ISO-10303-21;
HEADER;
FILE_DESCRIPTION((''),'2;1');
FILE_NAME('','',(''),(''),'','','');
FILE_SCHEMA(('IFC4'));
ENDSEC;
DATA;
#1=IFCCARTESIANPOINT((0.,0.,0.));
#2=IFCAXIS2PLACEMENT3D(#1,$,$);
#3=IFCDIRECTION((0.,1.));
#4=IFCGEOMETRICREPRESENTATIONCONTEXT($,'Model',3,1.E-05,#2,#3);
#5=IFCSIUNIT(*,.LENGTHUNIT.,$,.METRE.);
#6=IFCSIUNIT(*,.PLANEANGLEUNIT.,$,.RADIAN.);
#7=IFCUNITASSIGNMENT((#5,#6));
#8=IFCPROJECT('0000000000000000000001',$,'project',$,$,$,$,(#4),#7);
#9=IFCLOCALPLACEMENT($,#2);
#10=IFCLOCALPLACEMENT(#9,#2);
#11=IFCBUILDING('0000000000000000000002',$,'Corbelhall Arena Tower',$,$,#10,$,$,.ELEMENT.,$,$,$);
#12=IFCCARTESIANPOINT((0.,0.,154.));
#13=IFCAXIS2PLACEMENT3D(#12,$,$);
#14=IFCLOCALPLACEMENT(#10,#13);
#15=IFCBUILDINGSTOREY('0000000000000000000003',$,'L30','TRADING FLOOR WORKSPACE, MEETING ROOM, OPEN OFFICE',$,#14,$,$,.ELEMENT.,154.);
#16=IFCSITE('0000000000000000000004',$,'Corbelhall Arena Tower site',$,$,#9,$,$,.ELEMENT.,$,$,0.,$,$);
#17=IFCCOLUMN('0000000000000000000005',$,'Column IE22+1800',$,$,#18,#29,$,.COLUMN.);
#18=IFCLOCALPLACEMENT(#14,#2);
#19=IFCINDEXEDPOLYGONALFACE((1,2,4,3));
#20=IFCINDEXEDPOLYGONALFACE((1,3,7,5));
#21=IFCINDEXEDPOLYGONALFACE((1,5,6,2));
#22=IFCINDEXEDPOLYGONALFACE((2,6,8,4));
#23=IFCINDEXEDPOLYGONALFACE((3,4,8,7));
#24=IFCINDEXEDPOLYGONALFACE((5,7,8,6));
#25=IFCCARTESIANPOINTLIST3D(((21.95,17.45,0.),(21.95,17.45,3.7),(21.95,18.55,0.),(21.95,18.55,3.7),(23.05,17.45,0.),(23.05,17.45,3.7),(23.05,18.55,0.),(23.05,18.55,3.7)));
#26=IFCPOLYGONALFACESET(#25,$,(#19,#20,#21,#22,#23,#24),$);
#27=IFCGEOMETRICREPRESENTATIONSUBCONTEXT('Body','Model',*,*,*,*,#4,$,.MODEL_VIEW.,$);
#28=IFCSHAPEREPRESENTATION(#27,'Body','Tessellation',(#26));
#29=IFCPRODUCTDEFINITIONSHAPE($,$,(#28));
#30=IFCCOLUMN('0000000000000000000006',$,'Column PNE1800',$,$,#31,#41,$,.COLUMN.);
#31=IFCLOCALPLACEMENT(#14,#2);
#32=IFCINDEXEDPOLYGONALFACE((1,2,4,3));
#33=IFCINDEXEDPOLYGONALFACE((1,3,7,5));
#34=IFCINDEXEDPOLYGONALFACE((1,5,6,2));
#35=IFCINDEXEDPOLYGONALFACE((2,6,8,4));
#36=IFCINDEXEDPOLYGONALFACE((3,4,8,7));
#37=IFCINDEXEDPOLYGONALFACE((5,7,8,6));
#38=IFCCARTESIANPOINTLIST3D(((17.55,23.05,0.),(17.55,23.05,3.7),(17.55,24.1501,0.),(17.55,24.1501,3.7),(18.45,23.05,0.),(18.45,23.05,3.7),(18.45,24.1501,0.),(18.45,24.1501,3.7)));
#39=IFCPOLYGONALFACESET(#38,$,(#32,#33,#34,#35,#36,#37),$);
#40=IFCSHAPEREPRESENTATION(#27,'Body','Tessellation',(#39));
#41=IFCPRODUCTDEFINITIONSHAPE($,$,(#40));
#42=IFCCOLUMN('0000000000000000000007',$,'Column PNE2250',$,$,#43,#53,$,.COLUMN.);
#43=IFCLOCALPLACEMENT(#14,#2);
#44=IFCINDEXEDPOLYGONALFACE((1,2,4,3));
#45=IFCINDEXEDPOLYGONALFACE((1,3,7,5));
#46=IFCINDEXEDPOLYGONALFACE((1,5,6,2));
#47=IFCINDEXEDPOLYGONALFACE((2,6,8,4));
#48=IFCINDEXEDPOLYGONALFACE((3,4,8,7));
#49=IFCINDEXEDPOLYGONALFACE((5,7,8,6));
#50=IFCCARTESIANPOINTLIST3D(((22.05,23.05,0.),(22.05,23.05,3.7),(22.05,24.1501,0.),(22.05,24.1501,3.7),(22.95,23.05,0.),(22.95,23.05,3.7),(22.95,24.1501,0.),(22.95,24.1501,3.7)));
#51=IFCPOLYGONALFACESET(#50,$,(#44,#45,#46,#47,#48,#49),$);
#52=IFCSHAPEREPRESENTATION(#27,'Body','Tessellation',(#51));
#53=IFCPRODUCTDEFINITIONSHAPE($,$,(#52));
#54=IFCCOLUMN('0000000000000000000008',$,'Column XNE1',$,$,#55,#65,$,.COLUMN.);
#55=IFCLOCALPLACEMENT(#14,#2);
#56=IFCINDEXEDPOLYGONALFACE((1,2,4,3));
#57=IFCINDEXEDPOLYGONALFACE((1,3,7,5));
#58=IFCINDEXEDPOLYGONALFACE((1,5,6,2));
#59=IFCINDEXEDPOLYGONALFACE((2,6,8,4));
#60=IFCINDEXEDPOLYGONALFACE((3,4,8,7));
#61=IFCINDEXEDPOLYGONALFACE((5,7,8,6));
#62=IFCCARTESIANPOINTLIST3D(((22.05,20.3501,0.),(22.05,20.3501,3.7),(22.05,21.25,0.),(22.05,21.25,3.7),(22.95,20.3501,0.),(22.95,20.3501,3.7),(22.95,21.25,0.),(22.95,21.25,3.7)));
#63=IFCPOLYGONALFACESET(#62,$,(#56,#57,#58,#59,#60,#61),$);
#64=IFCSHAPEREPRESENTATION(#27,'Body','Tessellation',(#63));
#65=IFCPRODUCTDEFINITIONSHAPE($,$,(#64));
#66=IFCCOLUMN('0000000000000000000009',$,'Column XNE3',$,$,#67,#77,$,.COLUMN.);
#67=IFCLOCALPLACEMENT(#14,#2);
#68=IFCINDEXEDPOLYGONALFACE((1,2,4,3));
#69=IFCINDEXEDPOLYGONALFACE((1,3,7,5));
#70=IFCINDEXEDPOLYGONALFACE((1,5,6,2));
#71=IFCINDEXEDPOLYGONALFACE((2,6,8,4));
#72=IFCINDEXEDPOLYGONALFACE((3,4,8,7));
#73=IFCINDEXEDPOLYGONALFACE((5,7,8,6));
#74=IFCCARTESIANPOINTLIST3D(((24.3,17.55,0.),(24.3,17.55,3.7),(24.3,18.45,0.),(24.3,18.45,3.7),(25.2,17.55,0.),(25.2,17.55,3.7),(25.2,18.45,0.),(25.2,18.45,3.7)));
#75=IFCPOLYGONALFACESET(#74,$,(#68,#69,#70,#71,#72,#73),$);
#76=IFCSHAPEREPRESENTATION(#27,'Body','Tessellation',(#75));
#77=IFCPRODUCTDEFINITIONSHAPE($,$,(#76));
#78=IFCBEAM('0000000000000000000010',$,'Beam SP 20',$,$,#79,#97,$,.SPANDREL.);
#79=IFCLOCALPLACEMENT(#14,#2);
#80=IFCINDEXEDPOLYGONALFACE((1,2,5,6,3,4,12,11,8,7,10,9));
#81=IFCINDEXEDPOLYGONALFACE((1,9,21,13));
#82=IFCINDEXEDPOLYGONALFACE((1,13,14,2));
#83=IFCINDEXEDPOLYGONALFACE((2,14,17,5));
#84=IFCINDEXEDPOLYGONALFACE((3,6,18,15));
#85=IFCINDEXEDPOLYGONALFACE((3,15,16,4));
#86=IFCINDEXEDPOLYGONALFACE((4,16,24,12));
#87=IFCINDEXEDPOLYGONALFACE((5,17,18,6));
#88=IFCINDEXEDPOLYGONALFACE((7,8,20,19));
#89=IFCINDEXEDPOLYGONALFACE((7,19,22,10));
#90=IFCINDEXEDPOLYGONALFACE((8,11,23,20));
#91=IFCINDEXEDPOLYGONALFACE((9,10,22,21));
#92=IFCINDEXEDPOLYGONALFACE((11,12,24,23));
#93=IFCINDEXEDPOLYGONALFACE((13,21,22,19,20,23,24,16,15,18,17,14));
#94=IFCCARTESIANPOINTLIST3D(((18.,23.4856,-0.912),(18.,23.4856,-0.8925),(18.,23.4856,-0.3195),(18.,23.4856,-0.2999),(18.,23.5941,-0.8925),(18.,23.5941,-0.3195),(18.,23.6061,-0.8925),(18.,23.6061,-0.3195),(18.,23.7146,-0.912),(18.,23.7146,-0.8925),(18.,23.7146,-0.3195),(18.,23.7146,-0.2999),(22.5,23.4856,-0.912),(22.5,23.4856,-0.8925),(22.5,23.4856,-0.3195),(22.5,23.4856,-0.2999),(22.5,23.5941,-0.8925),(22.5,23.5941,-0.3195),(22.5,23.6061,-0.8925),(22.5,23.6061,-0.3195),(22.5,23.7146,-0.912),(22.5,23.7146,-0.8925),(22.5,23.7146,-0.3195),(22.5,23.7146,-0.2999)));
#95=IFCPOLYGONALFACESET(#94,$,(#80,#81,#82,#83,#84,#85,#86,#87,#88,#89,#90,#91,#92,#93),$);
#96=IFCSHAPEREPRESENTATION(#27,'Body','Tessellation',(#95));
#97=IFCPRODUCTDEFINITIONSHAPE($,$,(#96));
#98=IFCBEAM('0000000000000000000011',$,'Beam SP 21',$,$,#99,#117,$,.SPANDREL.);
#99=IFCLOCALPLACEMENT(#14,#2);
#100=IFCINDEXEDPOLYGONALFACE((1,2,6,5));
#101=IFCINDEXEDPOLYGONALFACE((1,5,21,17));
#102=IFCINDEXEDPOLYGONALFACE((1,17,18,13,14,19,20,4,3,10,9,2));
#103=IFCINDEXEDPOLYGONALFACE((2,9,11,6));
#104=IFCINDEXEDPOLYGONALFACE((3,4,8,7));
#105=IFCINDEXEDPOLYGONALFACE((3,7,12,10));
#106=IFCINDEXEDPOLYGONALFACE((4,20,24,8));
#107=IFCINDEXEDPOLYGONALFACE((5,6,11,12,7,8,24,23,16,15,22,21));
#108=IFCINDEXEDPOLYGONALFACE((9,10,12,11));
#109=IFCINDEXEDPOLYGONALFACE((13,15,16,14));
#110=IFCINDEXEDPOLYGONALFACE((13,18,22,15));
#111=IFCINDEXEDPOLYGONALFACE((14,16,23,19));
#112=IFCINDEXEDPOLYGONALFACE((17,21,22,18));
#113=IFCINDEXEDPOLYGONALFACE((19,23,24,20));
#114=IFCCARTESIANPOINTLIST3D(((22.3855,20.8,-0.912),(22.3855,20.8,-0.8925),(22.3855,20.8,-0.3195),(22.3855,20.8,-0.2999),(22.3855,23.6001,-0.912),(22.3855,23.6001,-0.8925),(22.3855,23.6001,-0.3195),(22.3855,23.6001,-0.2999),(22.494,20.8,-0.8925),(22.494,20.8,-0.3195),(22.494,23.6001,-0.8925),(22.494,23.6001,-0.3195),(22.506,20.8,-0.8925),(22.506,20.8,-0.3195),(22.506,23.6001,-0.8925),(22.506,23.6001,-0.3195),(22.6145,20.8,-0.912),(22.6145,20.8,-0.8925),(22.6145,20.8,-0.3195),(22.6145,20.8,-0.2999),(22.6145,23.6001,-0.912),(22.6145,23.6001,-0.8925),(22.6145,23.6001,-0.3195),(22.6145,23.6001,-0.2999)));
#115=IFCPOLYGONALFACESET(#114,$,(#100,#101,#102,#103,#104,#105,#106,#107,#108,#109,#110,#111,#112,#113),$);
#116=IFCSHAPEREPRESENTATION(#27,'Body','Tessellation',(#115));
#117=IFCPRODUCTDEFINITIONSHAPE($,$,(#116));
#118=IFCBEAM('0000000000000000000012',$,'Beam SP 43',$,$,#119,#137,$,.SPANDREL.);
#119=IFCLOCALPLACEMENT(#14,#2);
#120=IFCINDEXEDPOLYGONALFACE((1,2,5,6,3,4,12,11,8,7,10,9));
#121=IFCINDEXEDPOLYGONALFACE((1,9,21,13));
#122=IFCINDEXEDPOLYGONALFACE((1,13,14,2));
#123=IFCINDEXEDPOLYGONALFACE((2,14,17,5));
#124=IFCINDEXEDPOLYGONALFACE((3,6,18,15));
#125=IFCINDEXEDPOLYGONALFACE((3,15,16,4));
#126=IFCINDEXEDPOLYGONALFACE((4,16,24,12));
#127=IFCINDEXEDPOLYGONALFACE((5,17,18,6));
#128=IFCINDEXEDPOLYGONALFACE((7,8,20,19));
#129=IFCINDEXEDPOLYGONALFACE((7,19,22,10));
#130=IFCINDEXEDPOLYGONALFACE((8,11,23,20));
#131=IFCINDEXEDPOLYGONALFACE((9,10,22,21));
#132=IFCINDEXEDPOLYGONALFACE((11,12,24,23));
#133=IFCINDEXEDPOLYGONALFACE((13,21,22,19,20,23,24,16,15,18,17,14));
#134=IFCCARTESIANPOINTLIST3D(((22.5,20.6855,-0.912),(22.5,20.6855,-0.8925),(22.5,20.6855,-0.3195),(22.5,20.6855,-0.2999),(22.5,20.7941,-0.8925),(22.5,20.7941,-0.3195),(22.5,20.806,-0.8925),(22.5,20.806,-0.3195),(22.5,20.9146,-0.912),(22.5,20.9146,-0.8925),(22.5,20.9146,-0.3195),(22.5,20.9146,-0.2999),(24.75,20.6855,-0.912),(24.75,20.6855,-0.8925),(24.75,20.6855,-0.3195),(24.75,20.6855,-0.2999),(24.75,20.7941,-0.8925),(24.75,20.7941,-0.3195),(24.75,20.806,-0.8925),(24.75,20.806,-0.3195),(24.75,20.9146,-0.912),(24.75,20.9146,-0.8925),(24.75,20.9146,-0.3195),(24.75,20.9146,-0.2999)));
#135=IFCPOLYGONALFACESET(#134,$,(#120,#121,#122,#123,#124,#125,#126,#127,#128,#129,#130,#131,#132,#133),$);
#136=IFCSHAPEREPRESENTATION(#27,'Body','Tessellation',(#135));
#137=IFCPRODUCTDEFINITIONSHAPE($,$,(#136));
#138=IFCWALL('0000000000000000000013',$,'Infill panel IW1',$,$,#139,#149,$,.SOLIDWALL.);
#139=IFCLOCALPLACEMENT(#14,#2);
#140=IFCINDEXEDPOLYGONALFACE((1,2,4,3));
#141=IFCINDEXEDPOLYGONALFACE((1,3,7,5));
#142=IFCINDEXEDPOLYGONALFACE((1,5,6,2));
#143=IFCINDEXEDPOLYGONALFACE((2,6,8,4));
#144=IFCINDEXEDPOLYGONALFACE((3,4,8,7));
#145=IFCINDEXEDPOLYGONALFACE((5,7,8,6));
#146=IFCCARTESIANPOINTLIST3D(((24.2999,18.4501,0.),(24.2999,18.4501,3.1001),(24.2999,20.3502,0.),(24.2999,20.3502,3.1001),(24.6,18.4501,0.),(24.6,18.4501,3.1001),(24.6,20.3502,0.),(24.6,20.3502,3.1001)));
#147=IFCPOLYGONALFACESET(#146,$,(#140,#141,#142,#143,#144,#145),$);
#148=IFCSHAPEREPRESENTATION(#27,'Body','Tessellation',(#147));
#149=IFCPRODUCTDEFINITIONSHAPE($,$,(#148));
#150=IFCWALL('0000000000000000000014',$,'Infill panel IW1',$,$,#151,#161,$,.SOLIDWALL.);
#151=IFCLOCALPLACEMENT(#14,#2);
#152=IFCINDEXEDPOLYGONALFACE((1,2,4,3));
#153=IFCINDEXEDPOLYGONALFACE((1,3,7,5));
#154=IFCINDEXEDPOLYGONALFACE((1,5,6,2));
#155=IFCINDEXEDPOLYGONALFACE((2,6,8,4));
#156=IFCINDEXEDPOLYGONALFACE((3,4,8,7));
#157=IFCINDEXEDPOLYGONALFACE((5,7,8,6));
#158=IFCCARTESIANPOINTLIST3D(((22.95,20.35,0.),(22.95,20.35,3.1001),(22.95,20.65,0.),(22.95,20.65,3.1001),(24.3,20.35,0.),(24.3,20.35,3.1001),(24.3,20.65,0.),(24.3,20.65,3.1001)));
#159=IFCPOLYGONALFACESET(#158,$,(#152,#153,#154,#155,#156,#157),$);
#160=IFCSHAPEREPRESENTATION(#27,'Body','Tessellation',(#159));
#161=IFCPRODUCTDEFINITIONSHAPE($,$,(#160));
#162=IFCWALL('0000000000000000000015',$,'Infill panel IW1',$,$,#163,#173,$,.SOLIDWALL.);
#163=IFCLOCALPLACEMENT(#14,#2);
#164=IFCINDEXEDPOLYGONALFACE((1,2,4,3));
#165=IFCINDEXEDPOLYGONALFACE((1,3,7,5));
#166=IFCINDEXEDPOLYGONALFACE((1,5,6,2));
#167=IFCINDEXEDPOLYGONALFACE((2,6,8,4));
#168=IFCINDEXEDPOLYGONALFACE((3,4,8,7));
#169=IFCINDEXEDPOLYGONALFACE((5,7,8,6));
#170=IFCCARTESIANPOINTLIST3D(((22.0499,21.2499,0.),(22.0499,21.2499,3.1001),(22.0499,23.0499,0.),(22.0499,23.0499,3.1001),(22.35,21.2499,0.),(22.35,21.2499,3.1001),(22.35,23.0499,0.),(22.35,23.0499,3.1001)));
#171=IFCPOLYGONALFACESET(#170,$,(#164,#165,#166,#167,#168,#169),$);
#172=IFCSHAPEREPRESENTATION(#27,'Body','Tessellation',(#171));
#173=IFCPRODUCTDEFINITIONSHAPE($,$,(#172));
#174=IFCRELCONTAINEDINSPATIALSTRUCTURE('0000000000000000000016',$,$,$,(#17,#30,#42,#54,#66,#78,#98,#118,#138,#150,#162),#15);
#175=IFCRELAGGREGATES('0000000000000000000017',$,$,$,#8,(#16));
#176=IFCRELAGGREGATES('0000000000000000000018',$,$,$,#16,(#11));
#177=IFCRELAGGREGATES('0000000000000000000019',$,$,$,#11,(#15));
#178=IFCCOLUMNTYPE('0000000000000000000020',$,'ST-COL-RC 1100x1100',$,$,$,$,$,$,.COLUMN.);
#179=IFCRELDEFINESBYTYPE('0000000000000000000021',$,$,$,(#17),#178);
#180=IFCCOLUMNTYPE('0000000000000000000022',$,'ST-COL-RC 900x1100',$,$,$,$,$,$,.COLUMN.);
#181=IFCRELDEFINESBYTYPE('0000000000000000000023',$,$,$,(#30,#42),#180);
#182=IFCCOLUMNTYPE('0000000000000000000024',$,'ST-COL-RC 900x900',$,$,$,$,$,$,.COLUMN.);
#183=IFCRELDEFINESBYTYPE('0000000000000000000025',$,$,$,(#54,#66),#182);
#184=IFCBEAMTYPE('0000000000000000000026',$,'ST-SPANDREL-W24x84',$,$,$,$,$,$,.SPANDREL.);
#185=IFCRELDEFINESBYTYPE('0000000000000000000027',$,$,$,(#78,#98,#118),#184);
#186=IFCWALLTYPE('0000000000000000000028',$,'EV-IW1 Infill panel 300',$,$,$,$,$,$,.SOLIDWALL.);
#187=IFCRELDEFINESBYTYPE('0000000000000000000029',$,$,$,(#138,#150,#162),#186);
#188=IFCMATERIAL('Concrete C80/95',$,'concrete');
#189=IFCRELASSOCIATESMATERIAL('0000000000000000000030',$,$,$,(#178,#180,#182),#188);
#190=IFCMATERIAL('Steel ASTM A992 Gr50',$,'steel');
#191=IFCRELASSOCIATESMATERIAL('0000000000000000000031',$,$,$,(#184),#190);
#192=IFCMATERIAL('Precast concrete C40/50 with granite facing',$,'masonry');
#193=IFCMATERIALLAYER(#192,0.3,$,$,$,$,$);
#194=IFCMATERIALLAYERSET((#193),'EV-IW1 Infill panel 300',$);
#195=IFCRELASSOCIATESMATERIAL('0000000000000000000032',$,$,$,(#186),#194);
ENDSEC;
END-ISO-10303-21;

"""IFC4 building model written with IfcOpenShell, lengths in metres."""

from ifc_helpers import new_model, si_unit, direction, frame, frame_2d, origin, origin_2d, place, context, subcontext, project, spatial, rectangle, i_section, extrude, material, layer, layer_set, material_profile, profile_set, type_object, element, save


model = new_model("IFC4")

# Units and contexts
model_context = context("Model", 3, precision=1e-05, world=origin(), true_north=direction((0.0, 1.0)))
body_context = subcontext(model_context, "Body", "Model", "MODEL_VIEW")
ifc_project = project(units=[si_unit("LENGTHUNIT", "METRE"), si_unit("PLANEANGLEUNIT", "RADIAN")], contexts=[model_context])

# Site, building, storey
site_placement = place(None, origin())
site = spatial("IfcSite", under=ifc_project, at=site_placement, Name="Corbelhall Arena Tower site", CompositionType="ELEMENT", RefElevation=0.0)
building_placement = place(site_placement, origin())
building = spatial("IfcBuilding", under=site, at=building_placement, Name="Corbelhall Arena Tower", CompositionType="ELEMENT")
storey_placement = place(building_placement, frame((0.0, 0.0, 154.0)))
storey = spatial("IfcBuildingStorey", under=building, at=storey_placement, Name="L30", Description="TRADING FLOOR WORKSPACE, MEETING ROOM, OPEN OFFICE", CompositionType="ELEMENT", Elevation=154.0)

# Columns
ifc_material_1 = material(Name="Concrete C80/95", Category="concrete")
ifc_material_profile_1 = material_profile(ifc_material_1, rectangle(XDim=1.1001, YDim=1.1001, at=origin_2d()))
ifc_profile_set_1 = profile_set([ifc_material_profile_1], Name="Concrete C80/95")
column_type_1 = type_object("IfcColumnType", Name="ST-COL-RC 1100x1100", PredefinedType="COLUMN", material=ifc_profile_set_1)
column_placement = place(storey_placement, frame((22.5, 18.0, 0.0), z_axis=(0.0, 0.0, 1.0), x_axis=(1.0, 0.0, 0.0)))
element("IfcColumn", 1, at=column_placement, inside=storey, type_object=column_type_1, Name="Column IE22+1800", PredefinedType="COLUMN", context=body_context, shape_type="SweptSolid", body=[
    extrude(rectangle(XDim=1.1001, YDim=1.1001, at=origin_2d()), origin(), (0.0, 0.0, 1.0), 3.7),
])
ifc_material_profile_2 = material_profile(ifc_material_1, rectangle(XDim=0.8999, YDim=1.1001, at=origin_2d()))
ifc_profile_set_2 = profile_set([ifc_material_profile_2], Name="Concrete C80/95")
column_type_2 = type_object("IfcColumnType", Name="ST-COL-RC 900x1100", PredefinedType="COLUMN", material=ifc_profile_set_2)
for number, where, z_axis, x_axis, name in (
    (2, (18.0, 23.6001, 0.0), (0.0, 0.0, 1.0), (1.0, 0.0, 0.0), "Column PNE1800"),
    (3, (22.5, 23.6001, 0.0), (0.0, 0.0, 1.0), (1.0, 0.0, 0.0), "Column PNE2250"),
):
    element("IfcColumn", number, at=place(storey_placement, frame(where, z_axis=z_axis, x_axis=x_axis)), inside=storey, type_object=column_type_2, Name=name, PredefinedType="COLUMN", context=body_context, shape_type="SweptSolid", body=[
        extrude(rectangle(XDim=0.8999, YDim=1.1001, at=origin_2d()), origin(), (0.0, 0.0, 1.0), 3.7),
    ])
ifc_material_profile_3 = material_profile(ifc_material_1, rectangle(XDim=0.8999, YDim=0.8999, at=origin_2d()))
ifc_profile_set_3 = profile_set([ifc_material_profile_3], Name="Concrete C80/95")
column_type_3 = type_object("IfcColumnType", Name="ST-COL-RC 900x900", PredefinedType="COLUMN", material=ifc_profile_set_3)
for number, where, z_axis, x_axis, name in (
    (4, (22.5, 20.8, 0.0), (0.0, 0.0, 1.0), (1.0, 0.0, 0.0), "Column XNE1"),
    (5, (24.75, 18.0, 0.0), (0.0, 0.0, 1.0), (1.0, 0.0, 0.0), "Column XNE3"),
):
    element("IfcColumn", number, at=place(storey_placement, frame(where, z_axis=z_axis, x_axis=x_axis)), inside=storey, type_object=column_type_3, Name=name, PredefinedType="COLUMN", context=body_context, shape_type="SweptSolid", body=[
        extrude(rectangle(XDim=0.8999, YDim=0.8999, at=origin_2d()), origin(), (0.0, 0.0, 1.0), 3.7),
    ])

# Beams
ifc_material_2 = material(Name="Steel ASTM A992 Gr50", Category="steel")
ifc_material_profile_4 = material_profile(ifc_material_2, i_section(OverallWidth=0.229, OverallDepth=0.6121, WebThickness=0.012, FlangeThickness=0.0195, at=origin_2d()))
ifc_profile_set_4 = profile_set([ifc_material_profile_4], Name="Steel ASTM A992 Gr50")
beam_type = type_object("IfcBeamType", Name="ST-SPANDREL-W24x84", PredefinedType="SPANDREL", material=ifc_profile_set_4)
beam_1_placement = place(storey_placement, frame((18.0, 23.6001, -0.606), z_axis=(1.0, 0.0, 0.0), x_axis=(0.0, 1.0, 0.0)))
element("IfcBeam", 6, at=beam_1_placement, inside=storey, type_object=beam_type, Name="Beam SP 20", PredefinedType="SPANDREL", context=body_context, shape_type="SweptSolid", body=[
    extrude(i_section(OverallWidth=0.229, OverallDepth=0.6121, WebThickness=0.012, FlangeThickness=0.0195, at=origin_2d()), origin(), (0.0, 0.0, 1.0), 4.5),
])
beam_2_placement = place(storey_placement, frame((22.5, 23.6001, -0.606), z_axis=(0.0, -1.0, 0.0), x_axis=(1.0, 0.0, 0.0)))
element("IfcBeam", 7, at=beam_2_placement, inside=storey, type_object=beam_type, Name="Beam SP 21", PredefinedType="SPANDREL", context=body_context, shape_type="SweptSolid", body=[
    extrude(i_section(OverallWidth=0.229, OverallDepth=0.6121, WebThickness=0.012, FlangeThickness=0.0195, at=origin_2d()), origin(), (0.0, 0.0, 1.0), 2.8),
])
beam_3_placement = place(storey_placement, frame((22.5, 20.8, -0.606), z_axis=(1.0, 0.0, 0.0), x_axis=(0.0, 1.0, 0.0)))
element("IfcBeam", 8, at=beam_3_placement, inside=storey, type_object=beam_type, Name="Beam SP 43", PredefinedType="SPANDREL", context=body_context, shape_type="SweptSolid", body=[
    extrude(i_section(OverallWidth=0.229, OverallDepth=0.6121, WebThickness=0.012, FlangeThickness=0.0195, at=origin_2d()), origin(), (0.0, 0.0, 1.0), 2.25),
])

# Walls
ifc_material_3 = material(Name="Precast concrete C40/50 with granite facing", Category="masonry")
ifc_layer_1 = layer(ifc_material_3, 0.3)
ifc_layer_set_1 = layer_set([ifc_layer_1], Name="EV-IW1 Infill panel 300")
wall_type_1 = type_object("IfcWallType", Name="EV-IW1 Infill panel 300", PredefinedType="SOLIDWALL", material=ifc_layer_set_1)
wall_1_placement = place(storey_placement, frame((24.45, 18.45, 0.0), z_axis=(0.0, 0.0, 1.0), x_axis=(0.0, 1.0, 0.0)))
element("IfcWall", 9, at=wall_1_placement, inside=storey, type_object=wall_type_1, Name="Infill panel IW1", PredefinedType="SOLIDWALL", context=body_context, shape_type="SweptSolid", body=[
    extrude(rectangle(XDim=1.9001, YDim=0.3, at=frame_2d((0.9502, 0.0))), origin(), (0.0, 0.0, 1.0), 3.1001),
])
wall_2_placement = place(storey_placement, frame((24.3, 20.5, 0.0), z_axis=(0.0, 0.0, 1.0), x_axis=(-1.0, 0.0, 0.0)))
element("IfcWall", 10, at=wall_2_placement, inside=storey, type_object=wall_type_1, Name="Infill panel IW1", PredefinedType="SOLIDWALL", context=body_context, shape_type="SweptSolid", body=[
    extrude(rectangle(XDim=1.3501, YDim=0.3, at=frame_2d((0.675, 0.0))), origin(), (0.0, 0.0, 1.0), 3.1001),
])
wall_3_placement = place(storey_placement, frame((22.2, 21.25, 0.0), z_axis=(0.0, 0.0, 1.0), x_axis=(0.0, 1.0, 0.0)))
element("IfcWall", 11, at=wall_3_placement, inside=storey, type_object=wall_type_1, Name="Infill panel IW1", PredefinedType="SOLIDWALL", context=body_context, shape_type="SweptSolid", body=[
    extrude(rectangle(XDim=1.8, YDim=0.3, at=frame_2d((0.8999, 0.0))), origin(), (0.0, 0.0, 1.0), 3.1001),
])

save(model, "model.ifc")
